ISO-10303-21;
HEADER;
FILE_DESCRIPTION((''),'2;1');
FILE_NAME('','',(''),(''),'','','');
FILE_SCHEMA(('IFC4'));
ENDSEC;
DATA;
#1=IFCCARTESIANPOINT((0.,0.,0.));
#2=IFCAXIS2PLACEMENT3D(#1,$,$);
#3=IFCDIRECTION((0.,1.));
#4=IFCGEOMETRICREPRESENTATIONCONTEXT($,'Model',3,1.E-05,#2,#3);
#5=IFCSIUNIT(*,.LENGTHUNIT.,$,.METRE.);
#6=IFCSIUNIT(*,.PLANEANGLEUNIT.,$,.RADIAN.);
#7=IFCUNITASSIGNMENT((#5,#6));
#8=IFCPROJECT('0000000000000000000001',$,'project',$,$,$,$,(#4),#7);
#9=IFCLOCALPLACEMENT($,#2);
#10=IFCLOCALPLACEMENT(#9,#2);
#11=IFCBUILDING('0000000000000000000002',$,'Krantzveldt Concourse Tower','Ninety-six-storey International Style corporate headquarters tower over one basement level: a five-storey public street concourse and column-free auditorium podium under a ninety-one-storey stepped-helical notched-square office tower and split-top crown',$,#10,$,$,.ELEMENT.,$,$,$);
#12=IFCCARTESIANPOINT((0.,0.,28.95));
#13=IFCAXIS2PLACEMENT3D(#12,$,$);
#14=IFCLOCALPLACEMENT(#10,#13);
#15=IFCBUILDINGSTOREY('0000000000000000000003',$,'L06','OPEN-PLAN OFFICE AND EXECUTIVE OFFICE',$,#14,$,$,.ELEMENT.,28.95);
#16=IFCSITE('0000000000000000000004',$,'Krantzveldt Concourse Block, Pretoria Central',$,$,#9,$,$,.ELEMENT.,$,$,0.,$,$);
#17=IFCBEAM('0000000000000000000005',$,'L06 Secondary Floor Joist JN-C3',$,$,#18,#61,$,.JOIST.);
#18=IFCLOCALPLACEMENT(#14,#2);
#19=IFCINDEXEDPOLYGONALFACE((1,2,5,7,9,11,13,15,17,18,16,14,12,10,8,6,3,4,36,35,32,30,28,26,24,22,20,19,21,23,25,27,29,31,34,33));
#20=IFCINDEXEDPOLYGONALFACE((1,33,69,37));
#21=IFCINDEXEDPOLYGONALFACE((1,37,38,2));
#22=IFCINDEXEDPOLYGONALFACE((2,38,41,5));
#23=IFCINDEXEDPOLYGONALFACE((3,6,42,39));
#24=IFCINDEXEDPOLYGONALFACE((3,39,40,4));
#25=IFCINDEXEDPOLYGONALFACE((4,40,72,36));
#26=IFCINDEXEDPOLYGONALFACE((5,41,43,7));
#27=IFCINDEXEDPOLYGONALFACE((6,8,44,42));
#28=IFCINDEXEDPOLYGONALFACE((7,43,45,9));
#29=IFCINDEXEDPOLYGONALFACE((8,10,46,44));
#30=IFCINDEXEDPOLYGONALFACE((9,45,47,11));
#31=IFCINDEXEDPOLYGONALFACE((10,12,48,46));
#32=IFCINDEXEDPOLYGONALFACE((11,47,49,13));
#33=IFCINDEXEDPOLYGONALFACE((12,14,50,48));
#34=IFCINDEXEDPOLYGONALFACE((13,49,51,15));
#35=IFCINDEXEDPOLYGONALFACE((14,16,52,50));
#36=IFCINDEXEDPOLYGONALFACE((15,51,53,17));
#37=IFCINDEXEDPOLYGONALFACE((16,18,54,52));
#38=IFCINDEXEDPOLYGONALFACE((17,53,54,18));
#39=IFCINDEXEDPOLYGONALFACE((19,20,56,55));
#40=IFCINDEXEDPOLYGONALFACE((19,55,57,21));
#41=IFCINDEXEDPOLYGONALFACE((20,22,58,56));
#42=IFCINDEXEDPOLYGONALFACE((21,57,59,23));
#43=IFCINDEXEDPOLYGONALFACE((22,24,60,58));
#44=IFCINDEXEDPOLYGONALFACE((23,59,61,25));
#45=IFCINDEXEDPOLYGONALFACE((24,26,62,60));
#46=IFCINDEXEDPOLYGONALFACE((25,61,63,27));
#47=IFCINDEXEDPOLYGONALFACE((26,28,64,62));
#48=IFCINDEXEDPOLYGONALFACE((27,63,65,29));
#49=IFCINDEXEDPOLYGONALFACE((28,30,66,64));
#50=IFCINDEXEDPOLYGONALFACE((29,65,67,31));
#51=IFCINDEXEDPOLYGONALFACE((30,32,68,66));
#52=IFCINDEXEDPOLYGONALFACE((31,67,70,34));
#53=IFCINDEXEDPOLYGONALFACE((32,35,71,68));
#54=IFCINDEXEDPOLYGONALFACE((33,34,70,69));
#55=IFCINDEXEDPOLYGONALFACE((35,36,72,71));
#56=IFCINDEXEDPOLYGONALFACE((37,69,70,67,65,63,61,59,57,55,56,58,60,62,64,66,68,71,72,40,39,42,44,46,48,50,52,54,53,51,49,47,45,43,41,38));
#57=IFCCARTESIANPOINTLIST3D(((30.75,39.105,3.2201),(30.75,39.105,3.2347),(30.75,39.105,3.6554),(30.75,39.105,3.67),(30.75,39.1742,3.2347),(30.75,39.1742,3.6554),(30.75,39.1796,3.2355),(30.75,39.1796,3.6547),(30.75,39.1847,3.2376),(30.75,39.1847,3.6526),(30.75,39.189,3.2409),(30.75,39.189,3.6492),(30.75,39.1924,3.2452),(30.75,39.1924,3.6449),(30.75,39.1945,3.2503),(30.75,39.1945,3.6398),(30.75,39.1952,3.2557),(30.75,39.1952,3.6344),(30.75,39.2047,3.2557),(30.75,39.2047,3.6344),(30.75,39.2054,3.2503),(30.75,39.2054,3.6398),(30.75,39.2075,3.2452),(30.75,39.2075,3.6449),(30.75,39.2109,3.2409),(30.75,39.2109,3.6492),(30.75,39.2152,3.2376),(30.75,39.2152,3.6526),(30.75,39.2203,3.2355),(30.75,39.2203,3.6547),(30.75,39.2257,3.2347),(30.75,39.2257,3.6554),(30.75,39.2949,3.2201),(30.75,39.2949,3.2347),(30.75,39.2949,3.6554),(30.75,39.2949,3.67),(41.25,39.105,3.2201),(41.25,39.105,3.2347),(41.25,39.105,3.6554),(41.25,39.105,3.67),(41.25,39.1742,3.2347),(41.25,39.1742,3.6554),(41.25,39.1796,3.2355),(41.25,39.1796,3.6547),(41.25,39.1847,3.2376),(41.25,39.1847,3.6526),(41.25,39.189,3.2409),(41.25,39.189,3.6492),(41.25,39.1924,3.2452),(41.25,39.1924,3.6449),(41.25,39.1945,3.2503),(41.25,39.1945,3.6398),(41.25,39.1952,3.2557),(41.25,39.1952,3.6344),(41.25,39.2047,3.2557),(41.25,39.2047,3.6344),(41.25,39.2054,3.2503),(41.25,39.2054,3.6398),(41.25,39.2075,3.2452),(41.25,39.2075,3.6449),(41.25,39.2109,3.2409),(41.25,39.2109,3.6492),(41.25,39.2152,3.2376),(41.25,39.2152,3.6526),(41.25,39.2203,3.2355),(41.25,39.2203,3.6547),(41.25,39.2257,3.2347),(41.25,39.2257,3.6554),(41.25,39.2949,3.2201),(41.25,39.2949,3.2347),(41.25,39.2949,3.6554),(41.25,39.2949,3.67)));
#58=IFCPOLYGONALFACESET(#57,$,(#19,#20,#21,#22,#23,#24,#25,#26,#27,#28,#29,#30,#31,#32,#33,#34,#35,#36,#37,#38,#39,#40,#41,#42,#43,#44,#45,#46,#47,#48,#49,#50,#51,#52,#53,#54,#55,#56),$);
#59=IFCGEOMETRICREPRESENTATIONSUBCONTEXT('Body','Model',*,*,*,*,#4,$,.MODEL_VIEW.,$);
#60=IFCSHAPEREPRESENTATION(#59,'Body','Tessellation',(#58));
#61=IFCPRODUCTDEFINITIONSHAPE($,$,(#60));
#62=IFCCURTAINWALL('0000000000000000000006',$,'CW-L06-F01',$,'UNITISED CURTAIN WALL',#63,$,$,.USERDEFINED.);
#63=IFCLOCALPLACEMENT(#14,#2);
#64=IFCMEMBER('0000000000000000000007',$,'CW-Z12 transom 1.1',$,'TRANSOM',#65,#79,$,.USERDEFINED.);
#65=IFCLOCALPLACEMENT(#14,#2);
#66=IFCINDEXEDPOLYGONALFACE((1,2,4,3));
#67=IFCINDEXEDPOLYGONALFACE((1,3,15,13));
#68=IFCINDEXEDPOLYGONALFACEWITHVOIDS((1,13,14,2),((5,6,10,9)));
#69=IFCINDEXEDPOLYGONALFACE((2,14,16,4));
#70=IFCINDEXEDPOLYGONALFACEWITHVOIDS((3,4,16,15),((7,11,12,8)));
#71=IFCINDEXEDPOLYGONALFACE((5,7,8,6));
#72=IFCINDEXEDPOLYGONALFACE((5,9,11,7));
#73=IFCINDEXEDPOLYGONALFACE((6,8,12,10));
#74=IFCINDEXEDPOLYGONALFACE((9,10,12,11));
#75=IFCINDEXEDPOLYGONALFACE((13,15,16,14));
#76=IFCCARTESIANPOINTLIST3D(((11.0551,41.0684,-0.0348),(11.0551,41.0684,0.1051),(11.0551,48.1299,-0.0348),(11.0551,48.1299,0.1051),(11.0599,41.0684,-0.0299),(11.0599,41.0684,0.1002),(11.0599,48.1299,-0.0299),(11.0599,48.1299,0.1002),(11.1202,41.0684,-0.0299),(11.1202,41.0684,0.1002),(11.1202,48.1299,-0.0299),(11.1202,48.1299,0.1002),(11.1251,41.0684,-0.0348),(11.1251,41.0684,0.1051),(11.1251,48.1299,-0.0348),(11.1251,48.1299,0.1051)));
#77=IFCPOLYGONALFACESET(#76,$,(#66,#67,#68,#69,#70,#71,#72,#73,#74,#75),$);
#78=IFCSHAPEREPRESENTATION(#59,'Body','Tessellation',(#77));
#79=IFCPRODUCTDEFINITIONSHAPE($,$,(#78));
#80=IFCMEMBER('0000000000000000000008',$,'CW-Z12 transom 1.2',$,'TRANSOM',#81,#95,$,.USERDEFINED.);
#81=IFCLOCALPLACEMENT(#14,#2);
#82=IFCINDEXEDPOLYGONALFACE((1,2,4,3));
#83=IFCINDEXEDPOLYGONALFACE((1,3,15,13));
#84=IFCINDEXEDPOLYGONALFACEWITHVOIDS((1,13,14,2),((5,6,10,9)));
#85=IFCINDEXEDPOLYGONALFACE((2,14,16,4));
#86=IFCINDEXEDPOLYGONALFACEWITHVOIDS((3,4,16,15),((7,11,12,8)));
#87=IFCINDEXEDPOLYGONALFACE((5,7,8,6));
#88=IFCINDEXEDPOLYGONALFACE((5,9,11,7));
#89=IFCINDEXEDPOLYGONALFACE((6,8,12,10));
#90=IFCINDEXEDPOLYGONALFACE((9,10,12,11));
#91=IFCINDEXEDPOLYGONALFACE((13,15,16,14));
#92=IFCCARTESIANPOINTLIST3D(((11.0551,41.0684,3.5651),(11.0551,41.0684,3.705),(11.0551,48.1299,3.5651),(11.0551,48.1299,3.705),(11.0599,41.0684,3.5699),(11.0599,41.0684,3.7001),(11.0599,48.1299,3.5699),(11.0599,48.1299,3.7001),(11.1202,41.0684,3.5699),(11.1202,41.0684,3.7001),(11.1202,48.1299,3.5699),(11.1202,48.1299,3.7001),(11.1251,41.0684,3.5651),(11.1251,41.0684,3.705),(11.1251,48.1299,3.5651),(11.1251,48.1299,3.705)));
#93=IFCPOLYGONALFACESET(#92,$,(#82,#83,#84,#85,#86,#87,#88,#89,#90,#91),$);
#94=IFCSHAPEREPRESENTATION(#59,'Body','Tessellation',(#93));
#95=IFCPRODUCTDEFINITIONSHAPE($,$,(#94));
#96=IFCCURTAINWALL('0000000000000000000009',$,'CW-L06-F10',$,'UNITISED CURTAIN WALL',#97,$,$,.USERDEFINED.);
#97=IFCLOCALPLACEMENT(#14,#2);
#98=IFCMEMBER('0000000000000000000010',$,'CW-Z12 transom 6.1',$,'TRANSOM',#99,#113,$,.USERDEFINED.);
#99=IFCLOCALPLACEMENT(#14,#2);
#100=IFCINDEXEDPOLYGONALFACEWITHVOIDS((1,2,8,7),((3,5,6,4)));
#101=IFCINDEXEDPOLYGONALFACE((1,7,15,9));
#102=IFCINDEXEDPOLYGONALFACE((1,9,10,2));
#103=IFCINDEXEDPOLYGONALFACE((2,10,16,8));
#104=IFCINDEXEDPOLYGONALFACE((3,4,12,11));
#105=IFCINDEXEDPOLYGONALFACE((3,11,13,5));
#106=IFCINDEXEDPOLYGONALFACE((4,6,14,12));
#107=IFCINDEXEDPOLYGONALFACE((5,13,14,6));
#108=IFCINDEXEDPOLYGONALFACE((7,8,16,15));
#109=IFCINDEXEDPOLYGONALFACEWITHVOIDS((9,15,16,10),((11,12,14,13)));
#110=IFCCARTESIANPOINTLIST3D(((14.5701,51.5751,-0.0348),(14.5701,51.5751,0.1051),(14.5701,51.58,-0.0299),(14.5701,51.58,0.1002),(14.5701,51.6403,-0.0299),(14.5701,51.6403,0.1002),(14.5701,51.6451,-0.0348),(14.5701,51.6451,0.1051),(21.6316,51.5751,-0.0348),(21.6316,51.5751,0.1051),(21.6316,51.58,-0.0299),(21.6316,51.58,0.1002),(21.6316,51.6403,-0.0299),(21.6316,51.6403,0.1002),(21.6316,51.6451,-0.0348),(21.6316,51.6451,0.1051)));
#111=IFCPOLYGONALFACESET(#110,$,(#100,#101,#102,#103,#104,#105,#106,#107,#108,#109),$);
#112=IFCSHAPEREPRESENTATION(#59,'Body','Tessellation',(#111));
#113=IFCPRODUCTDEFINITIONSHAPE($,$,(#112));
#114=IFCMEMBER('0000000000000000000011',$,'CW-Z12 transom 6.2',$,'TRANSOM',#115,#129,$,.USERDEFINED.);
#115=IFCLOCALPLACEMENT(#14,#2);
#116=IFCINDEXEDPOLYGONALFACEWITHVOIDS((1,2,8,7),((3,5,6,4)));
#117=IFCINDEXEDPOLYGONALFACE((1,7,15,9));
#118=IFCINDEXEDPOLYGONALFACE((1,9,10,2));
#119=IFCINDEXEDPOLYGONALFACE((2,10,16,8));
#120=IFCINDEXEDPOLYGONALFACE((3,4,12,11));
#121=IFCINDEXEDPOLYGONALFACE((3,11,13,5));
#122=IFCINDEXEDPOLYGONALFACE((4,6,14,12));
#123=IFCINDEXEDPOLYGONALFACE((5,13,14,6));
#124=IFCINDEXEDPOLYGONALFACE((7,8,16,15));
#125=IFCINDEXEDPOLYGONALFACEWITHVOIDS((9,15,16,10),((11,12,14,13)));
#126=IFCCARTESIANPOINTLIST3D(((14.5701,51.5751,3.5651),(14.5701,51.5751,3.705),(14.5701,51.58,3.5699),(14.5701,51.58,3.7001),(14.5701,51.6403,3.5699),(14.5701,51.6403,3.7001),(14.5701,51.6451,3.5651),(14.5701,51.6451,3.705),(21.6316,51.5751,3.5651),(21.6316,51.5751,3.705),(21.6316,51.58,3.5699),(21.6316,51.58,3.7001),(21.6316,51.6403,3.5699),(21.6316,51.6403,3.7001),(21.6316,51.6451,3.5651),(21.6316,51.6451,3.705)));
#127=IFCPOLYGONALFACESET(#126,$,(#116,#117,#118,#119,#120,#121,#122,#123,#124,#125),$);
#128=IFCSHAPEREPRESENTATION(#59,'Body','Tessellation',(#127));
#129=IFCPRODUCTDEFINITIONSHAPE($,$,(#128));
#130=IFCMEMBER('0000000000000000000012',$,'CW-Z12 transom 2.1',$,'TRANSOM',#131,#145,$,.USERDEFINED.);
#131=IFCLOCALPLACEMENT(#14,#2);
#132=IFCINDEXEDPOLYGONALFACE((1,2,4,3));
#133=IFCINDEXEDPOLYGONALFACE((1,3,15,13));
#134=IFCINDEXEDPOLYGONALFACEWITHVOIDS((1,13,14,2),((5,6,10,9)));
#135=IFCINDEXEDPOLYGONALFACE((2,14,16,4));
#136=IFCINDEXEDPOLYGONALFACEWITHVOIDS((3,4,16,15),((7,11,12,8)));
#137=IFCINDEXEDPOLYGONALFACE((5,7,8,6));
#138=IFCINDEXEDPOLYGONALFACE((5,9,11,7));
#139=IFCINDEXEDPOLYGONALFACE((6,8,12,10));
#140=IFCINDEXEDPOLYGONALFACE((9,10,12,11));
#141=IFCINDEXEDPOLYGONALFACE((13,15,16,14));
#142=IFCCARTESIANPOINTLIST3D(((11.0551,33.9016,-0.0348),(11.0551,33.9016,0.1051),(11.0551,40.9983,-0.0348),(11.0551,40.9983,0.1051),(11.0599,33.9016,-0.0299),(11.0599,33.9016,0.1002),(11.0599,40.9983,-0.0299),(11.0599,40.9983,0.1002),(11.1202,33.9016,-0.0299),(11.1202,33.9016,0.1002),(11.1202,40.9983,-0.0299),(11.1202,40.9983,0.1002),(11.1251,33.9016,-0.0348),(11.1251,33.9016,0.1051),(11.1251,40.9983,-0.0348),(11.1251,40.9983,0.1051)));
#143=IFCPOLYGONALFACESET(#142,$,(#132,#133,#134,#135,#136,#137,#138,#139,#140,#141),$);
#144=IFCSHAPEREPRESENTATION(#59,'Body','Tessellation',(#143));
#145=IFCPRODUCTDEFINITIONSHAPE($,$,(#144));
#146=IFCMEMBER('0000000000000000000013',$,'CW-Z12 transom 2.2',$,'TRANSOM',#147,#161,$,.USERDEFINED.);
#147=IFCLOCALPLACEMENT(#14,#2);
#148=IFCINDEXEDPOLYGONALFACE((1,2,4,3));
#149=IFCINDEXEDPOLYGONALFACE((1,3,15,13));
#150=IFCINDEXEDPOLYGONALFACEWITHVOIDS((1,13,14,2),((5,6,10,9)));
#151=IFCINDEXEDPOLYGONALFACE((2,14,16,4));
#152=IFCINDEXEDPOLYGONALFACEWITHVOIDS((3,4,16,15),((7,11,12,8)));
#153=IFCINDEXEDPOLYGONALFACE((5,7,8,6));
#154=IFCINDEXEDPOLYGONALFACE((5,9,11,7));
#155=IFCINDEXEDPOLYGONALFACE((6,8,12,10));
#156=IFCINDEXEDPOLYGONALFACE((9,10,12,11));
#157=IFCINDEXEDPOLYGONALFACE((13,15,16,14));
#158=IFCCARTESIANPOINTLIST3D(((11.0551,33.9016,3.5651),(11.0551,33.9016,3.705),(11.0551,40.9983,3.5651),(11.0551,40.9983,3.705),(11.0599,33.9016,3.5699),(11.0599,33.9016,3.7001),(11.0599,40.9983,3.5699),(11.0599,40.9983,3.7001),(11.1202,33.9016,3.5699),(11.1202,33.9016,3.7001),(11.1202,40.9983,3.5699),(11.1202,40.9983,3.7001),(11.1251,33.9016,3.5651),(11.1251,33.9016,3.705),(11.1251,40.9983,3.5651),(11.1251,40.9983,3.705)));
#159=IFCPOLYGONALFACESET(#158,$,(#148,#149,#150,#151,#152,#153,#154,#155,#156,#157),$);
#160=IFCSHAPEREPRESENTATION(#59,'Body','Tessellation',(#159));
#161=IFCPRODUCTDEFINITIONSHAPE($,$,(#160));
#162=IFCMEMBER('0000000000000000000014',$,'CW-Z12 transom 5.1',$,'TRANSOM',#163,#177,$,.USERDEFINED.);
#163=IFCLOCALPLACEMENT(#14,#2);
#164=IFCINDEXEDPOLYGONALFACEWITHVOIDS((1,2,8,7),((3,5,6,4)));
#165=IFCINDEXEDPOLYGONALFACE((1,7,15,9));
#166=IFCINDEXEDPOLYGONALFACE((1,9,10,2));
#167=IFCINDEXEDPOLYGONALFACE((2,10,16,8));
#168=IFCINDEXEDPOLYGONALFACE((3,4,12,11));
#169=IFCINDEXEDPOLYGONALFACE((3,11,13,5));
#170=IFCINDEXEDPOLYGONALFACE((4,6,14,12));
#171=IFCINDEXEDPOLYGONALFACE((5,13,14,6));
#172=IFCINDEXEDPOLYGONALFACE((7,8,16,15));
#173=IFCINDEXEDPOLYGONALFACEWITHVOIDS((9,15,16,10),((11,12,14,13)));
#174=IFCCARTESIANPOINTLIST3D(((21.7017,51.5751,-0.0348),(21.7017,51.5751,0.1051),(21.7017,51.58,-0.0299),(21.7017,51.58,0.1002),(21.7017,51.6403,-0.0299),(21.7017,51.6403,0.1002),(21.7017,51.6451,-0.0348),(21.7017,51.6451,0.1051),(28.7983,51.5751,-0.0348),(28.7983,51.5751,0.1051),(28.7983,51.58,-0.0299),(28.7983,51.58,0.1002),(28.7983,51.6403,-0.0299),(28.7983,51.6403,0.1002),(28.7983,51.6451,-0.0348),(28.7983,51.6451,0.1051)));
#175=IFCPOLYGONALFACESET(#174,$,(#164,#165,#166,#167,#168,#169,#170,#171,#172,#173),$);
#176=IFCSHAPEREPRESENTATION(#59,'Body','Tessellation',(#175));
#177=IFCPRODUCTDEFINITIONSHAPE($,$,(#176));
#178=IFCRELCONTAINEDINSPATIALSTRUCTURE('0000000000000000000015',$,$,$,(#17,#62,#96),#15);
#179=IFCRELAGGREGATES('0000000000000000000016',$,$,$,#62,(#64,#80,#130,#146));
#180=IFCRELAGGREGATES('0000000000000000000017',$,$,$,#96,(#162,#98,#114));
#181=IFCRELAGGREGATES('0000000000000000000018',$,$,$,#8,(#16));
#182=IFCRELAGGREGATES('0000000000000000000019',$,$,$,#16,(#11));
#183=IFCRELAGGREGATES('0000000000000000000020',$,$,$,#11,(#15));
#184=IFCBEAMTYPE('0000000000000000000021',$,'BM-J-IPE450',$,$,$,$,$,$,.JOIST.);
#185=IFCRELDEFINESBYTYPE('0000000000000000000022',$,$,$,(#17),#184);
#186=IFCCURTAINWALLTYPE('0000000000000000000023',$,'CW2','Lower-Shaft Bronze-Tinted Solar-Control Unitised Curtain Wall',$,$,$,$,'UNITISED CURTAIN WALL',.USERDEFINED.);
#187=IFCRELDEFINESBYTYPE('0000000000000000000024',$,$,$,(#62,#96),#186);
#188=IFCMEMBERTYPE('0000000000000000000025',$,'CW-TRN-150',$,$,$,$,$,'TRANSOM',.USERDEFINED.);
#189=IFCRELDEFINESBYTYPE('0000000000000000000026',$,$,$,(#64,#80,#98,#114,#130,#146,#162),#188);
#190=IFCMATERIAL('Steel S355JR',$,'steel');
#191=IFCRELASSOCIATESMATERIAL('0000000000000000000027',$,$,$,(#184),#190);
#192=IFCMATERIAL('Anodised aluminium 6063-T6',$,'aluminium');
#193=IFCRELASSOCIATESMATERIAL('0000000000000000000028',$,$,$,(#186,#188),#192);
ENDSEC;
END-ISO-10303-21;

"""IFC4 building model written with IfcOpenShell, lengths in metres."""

from ifc_helpers import new_model, si_unit, direction, frame, origin, origin_2d, place, context, subcontext, project, spatial, hollow_rectangle, i_section, extrude, source, transform, mapped, material, material_profile, profile_set, type_object, type_shapes, element, aggregate, save


model = new_model("IFC4")

# Units and contexts
model_context = context("Model", 3, precision=1e-05, world=origin(), true_north=direction((0.0, 1.0)))
body_context = subcontext(model_context, "Body", "Model", "MODEL_VIEW")
ifc_project = project(units=[si_unit("LENGTHUNIT", "METRE"), si_unit("PLANEANGLEUNIT", "RADIAN")], contexts=[model_context])

# Site, building, storey
site_placement = place(None, origin())
site = spatial("IfcSite", under=ifc_project, at=site_placement, Name="Krantzveldt Concourse Block, Pretoria Central", CompositionType="ELEMENT", RefElevation=0.0)
building_placement = place(site_placement, origin())
building = spatial("IfcBuilding", under=site, at=building_placement, Name="Krantzveldt Concourse Tower", Description="Ninety-six-storey International Style corporate headquarters tower over one basement level: a five-storey public street concourse and column-free auditorium podium under a ninety-one-storey stepped-helical notched-square office tower and split-top crown", CompositionType="ELEMENT")
storey_placement = place(building_placement, frame((0.0, 0.0, 28.95)))
storey = spatial("IfcBuildingStorey", under=building, at=storey_placement, Name="L06", Description="OPEN-PLAN OFFICE AND EXECUTIVE OFFICE", CompositionType="ELEMENT", Elevation=28.95)

# Beam
ifc_material_1 = material(Name="Steel S355JR", Category="steel")
ifc_material_profile_1 = material_profile(ifc_material_1, i_section(OverallWidth=0.1899, OverallDepth=0.45, WebThickness=0.0095, FlangeThickness=0.0146, FilletRadius=0.021, at=origin_2d()), Name="Steel S355JR", Category="steel")
ifc_profile_set_1 = profile_set([ifc_material_profile_1], Name="Steel S355JR - IPE 450")
beam_type_1 = type_object("IfcBeamType", Name="BM-J-IPE450", PredefinedType="JOIST", material=ifc_profile_set_1)
shared_shape_1 = source(origin(), body_context, "Body", "SweptSolid", [
    extrude(i_section(OverallWidth=0.1899, OverallDepth=0.45, WebThickness=0.0095, FlangeThickness=0.0146, FilletRadius=0.021, at=origin_2d()), origin(), (0.0, 0.0, 1.0), 10.5),
])
type_shapes(beam_type_1, [shared_shape_1])
beam_1_placement = place(storey_placement, frame((30.75, 39.2, 3.4451), z_axis=(1.0, 0.0, 0.0), x_axis=(0.0, 1.0, 0.0)))
element("IfcBeam", 1, at=beam_1_placement, inside=storey, type_object=beam_type_1, Name="L06 Secondary Floor Joist JN-C3", PredefinedType="JOIST", context=body_context, shape_type="MappedRepresentation", body=[
    mapped(shared_shape_1, transform((0.0, 0.0, 0.0), x_axis=(1.0, 0.0, 0.0), y_axis=(0.0, 1.0, 0.0), z_axis=(0.0, 0.0, 1.0), scale=1.0)),
])

# Curtain walls, members
ifc_material_2 = material(Name="Anodised aluminium 6063-T6", Category="aluminium")
curtain_wall_type = type_object("IfcCurtainWallType", Name="CW2", Description="Lower-Shaft Bronze-Tinted Solar-Control Unitised Curtain Wall", ElementType="UNITISED CURTAIN WALL", PredefinedType="USERDEFINED", material=ifc_material_2)
curtain_wall_1_placement = place(storey_placement, origin())
curtain_wall_1 = element("IfcCurtainWall", 2, at=curtain_wall_1_placement, inside=storey, type_object=curtain_wall_type, Name="CW-L06-F01", ObjectType="UNITISED CURTAIN WALL", PredefinedType="USERDEFINED")
ifc_material_profile_2 = material_profile(ifc_material_2, hollow_rectangle(XDim=0.0701, YDim=0.1399, WallThickness=0.0049, at=origin_2d()), Name="Anodised aluminium 6063-T6", Category="aluminium")
ifc_profile_set_2 = profile_set([ifc_material_profile_2], Name="Anodised aluminium 6063-T6 - ALU-TRAN 140x70x5")
member_type_1 = type_object("IfcMemberType", Name="CW-TRN-150", ElementType="TRANSOM", PredefinedType="USERDEFINED", material=ifc_profile_set_2)
shared_shape_2 = source(origin(), body_context, "Body", "SweptSolid", [
    extrude(hollow_rectangle(XDim=0.0701, YDim=0.1399, WallThickness=0.0049, at=origin_2d()), origin(), (0.0, 0.0, 1.0), 7.0615),
])
member_1_placement = place(storey_placement, frame((11.0901, 48.1299, 0.0352), z_axis=(0.0, -1.0, 0.0), x_axis=(1.0, 0.0, 0.0)))
member_1 = element("IfcMember", 3, at=member_1_placement, type_object=member_type_1, Name="CW-Z12 transom 1.1", ObjectType="TRANSOM", PredefinedType="USERDEFINED", context=body_context, shape_type="MappedRepresentation", body=[
    mapped(shared_shape_2, transform((0.0, 0.0, 0.0), x_axis=(1.0, 0.0, 0.0), y_axis=(0.0, 1.0, 0.0), z_axis=(0.0, 0.0, 1.0), scale=1.0)),
])
member_2_placement = place(storey_placement, frame((11.0901, 48.1299, 3.635), z_axis=(0.0, -1.0, 0.0), x_axis=(1.0, 0.0, 0.0)))
member_2 = element("IfcMember", 4, at=member_2_placement, type_object=member_type_1, Name="CW-Z12 transom 1.2", ObjectType="TRANSOM", PredefinedType="USERDEFINED", context=body_context, shape_type="MappedRepresentation", body=[
    mapped(shared_shape_2, transform((0.0, 0.0, 0.0), x_axis=(1.0, 0.0, 0.0), y_axis=(0.0, 1.0, 0.0), z_axis=(0.0, 0.0, 1.0), scale=1.0)),
])
curtain_wall_2_placement = place(storey_placement, origin())
curtain_wall_2 = element("IfcCurtainWall", 5, at=curtain_wall_2_placement, inside=storey, type_object=curtain_wall_type, Name="CW-L06-F10", ObjectType="UNITISED CURTAIN WALL", PredefinedType="USERDEFINED")
member_3_placement = place(storey_placement, frame((21.6316, 51.6101, 0.0352), z_axis=(-1.0, 0.0, 0.0), x_axis=(0.0, -1.0, 0.0)))
member_3 = element("IfcMember", 6, at=member_3_placement, type_object=member_type_1, Name="CW-Z12 transom 6.1", ObjectType="TRANSOM", PredefinedType="USERDEFINED", context=body_context, shape_type="MappedRepresentation", body=[
    mapped(shared_shape_2, transform((0.0, 0.0, 0.0), x_axis=(1.0, 0.0, 0.0), y_axis=(0.0, 1.0, 0.0), z_axis=(0.0, 0.0, 1.0), scale=1.0)),
])
member_4_placement = place(storey_placement, frame((21.6316, 51.6101, 3.635), z_axis=(-1.0, 0.0, 0.0), x_axis=(0.0, -1.0, 0.0)))
member_4 = element("IfcMember", 7, at=member_4_placement, type_object=member_type_1, Name="CW-Z12 transom 6.2", ObjectType="TRANSOM", PredefinedType="USERDEFINED", context=body_context, shape_type="MappedRepresentation", body=[
    mapped(shared_shape_2, transform((0.0, 0.0, 0.0), x_axis=(1.0, 0.0, 0.0), y_axis=(0.0, 1.0, 0.0), z_axis=(0.0, 0.0, 1.0), scale=1.0)),
])

# Members
shared_shape_3 = source(origin(), body_context, "Body", "SweptSolid", [
    extrude(hollow_rectangle(XDim=0.0701, YDim=0.1399, WallThickness=0.0049, at=origin_2d()), origin(), (0.0, 0.0, 1.0), 7.0967),
])
type_shapes(member_type_1, [shared_shape_2, shared_shape_3])
member_5_placement = place(storey_placement, frame((11.0901, 40.9983, 0.0352), z_axis=(0.0, -1.0, 0.0), x_axis=(1.0, 0.0, 0.0)))
member_5 = element("IfcMember", 8, at=member_5_placement, type_object=member_type_1, Name="CW-Z12 transom 2.1", ObjectType="TRANSOM", PredefinedType="USERDEFINED", context=body_context, shape_type="MappedRepresentation", body=[
    mapped(shared_shape_3, transform((0.0, 0.0, 0.0), x_axis=(1.0, 0.0, 0.0), y_axis=(0.0, 1.0, 0.0), z_axis=(0.0, 0.0, 1.0), scale=1.0)),
])
member_6_placement = place(storey_placement, frame((11.0901, 40.9983, 3.635), z_axis=(0.0, -1.0, 0.0), x_axis=(1.0, 0.0, 0.0)))
member_6 = element("IfcMember", 9, at=member_6_placement, type_object=member_type_1, Name="CW-Z12 transom 2.2", ObjectType="TRANSOM", PredefinedType="USERDEFINED", context=body_context, shape_type="MappedRepresentation", body=[
    mapped(shared_shape_3, transform((0.0, 0.0, 0.0), x_axis=(1.0, 0.0, 0.0), y_axis=(0.0, 1.0, 0.0), z_axis=(0.0, 0.0, 1.0), scale=1.0)),
])
member_7_placement = place(storey_placement, frame((28.7983, 51.6101, 0.0352), z_axis=(-1.0, 0.0, 0.0), x_axis=(0.0, -1.0, 0.0)))
member_7 = element("IfcMember", 10, at=member_7_placement, type_object=member_type_1, Name="CW-Z12 transom 5.1", ObjectType="TRANSOM", PredefinedType="USERDEFINED", context=body_context, shape_type="MappedRepresentation", body=[
    mapped(shared_shape_3, transform((0.0, 0.0, 0.0), x_axis=(1.0, 0.0, 0.0), y_axis=(0.0, 1.0, 0.0), z_axis=(0.0, 0.0, 1.0), scale=1.0)),
])

aggregate(curtain_wall_1, [member_1, member_2, member_5, member_6])
aggregate(curtain_wall_2, [member_7, member_3, member_4])

save(model, "model.ifc")
